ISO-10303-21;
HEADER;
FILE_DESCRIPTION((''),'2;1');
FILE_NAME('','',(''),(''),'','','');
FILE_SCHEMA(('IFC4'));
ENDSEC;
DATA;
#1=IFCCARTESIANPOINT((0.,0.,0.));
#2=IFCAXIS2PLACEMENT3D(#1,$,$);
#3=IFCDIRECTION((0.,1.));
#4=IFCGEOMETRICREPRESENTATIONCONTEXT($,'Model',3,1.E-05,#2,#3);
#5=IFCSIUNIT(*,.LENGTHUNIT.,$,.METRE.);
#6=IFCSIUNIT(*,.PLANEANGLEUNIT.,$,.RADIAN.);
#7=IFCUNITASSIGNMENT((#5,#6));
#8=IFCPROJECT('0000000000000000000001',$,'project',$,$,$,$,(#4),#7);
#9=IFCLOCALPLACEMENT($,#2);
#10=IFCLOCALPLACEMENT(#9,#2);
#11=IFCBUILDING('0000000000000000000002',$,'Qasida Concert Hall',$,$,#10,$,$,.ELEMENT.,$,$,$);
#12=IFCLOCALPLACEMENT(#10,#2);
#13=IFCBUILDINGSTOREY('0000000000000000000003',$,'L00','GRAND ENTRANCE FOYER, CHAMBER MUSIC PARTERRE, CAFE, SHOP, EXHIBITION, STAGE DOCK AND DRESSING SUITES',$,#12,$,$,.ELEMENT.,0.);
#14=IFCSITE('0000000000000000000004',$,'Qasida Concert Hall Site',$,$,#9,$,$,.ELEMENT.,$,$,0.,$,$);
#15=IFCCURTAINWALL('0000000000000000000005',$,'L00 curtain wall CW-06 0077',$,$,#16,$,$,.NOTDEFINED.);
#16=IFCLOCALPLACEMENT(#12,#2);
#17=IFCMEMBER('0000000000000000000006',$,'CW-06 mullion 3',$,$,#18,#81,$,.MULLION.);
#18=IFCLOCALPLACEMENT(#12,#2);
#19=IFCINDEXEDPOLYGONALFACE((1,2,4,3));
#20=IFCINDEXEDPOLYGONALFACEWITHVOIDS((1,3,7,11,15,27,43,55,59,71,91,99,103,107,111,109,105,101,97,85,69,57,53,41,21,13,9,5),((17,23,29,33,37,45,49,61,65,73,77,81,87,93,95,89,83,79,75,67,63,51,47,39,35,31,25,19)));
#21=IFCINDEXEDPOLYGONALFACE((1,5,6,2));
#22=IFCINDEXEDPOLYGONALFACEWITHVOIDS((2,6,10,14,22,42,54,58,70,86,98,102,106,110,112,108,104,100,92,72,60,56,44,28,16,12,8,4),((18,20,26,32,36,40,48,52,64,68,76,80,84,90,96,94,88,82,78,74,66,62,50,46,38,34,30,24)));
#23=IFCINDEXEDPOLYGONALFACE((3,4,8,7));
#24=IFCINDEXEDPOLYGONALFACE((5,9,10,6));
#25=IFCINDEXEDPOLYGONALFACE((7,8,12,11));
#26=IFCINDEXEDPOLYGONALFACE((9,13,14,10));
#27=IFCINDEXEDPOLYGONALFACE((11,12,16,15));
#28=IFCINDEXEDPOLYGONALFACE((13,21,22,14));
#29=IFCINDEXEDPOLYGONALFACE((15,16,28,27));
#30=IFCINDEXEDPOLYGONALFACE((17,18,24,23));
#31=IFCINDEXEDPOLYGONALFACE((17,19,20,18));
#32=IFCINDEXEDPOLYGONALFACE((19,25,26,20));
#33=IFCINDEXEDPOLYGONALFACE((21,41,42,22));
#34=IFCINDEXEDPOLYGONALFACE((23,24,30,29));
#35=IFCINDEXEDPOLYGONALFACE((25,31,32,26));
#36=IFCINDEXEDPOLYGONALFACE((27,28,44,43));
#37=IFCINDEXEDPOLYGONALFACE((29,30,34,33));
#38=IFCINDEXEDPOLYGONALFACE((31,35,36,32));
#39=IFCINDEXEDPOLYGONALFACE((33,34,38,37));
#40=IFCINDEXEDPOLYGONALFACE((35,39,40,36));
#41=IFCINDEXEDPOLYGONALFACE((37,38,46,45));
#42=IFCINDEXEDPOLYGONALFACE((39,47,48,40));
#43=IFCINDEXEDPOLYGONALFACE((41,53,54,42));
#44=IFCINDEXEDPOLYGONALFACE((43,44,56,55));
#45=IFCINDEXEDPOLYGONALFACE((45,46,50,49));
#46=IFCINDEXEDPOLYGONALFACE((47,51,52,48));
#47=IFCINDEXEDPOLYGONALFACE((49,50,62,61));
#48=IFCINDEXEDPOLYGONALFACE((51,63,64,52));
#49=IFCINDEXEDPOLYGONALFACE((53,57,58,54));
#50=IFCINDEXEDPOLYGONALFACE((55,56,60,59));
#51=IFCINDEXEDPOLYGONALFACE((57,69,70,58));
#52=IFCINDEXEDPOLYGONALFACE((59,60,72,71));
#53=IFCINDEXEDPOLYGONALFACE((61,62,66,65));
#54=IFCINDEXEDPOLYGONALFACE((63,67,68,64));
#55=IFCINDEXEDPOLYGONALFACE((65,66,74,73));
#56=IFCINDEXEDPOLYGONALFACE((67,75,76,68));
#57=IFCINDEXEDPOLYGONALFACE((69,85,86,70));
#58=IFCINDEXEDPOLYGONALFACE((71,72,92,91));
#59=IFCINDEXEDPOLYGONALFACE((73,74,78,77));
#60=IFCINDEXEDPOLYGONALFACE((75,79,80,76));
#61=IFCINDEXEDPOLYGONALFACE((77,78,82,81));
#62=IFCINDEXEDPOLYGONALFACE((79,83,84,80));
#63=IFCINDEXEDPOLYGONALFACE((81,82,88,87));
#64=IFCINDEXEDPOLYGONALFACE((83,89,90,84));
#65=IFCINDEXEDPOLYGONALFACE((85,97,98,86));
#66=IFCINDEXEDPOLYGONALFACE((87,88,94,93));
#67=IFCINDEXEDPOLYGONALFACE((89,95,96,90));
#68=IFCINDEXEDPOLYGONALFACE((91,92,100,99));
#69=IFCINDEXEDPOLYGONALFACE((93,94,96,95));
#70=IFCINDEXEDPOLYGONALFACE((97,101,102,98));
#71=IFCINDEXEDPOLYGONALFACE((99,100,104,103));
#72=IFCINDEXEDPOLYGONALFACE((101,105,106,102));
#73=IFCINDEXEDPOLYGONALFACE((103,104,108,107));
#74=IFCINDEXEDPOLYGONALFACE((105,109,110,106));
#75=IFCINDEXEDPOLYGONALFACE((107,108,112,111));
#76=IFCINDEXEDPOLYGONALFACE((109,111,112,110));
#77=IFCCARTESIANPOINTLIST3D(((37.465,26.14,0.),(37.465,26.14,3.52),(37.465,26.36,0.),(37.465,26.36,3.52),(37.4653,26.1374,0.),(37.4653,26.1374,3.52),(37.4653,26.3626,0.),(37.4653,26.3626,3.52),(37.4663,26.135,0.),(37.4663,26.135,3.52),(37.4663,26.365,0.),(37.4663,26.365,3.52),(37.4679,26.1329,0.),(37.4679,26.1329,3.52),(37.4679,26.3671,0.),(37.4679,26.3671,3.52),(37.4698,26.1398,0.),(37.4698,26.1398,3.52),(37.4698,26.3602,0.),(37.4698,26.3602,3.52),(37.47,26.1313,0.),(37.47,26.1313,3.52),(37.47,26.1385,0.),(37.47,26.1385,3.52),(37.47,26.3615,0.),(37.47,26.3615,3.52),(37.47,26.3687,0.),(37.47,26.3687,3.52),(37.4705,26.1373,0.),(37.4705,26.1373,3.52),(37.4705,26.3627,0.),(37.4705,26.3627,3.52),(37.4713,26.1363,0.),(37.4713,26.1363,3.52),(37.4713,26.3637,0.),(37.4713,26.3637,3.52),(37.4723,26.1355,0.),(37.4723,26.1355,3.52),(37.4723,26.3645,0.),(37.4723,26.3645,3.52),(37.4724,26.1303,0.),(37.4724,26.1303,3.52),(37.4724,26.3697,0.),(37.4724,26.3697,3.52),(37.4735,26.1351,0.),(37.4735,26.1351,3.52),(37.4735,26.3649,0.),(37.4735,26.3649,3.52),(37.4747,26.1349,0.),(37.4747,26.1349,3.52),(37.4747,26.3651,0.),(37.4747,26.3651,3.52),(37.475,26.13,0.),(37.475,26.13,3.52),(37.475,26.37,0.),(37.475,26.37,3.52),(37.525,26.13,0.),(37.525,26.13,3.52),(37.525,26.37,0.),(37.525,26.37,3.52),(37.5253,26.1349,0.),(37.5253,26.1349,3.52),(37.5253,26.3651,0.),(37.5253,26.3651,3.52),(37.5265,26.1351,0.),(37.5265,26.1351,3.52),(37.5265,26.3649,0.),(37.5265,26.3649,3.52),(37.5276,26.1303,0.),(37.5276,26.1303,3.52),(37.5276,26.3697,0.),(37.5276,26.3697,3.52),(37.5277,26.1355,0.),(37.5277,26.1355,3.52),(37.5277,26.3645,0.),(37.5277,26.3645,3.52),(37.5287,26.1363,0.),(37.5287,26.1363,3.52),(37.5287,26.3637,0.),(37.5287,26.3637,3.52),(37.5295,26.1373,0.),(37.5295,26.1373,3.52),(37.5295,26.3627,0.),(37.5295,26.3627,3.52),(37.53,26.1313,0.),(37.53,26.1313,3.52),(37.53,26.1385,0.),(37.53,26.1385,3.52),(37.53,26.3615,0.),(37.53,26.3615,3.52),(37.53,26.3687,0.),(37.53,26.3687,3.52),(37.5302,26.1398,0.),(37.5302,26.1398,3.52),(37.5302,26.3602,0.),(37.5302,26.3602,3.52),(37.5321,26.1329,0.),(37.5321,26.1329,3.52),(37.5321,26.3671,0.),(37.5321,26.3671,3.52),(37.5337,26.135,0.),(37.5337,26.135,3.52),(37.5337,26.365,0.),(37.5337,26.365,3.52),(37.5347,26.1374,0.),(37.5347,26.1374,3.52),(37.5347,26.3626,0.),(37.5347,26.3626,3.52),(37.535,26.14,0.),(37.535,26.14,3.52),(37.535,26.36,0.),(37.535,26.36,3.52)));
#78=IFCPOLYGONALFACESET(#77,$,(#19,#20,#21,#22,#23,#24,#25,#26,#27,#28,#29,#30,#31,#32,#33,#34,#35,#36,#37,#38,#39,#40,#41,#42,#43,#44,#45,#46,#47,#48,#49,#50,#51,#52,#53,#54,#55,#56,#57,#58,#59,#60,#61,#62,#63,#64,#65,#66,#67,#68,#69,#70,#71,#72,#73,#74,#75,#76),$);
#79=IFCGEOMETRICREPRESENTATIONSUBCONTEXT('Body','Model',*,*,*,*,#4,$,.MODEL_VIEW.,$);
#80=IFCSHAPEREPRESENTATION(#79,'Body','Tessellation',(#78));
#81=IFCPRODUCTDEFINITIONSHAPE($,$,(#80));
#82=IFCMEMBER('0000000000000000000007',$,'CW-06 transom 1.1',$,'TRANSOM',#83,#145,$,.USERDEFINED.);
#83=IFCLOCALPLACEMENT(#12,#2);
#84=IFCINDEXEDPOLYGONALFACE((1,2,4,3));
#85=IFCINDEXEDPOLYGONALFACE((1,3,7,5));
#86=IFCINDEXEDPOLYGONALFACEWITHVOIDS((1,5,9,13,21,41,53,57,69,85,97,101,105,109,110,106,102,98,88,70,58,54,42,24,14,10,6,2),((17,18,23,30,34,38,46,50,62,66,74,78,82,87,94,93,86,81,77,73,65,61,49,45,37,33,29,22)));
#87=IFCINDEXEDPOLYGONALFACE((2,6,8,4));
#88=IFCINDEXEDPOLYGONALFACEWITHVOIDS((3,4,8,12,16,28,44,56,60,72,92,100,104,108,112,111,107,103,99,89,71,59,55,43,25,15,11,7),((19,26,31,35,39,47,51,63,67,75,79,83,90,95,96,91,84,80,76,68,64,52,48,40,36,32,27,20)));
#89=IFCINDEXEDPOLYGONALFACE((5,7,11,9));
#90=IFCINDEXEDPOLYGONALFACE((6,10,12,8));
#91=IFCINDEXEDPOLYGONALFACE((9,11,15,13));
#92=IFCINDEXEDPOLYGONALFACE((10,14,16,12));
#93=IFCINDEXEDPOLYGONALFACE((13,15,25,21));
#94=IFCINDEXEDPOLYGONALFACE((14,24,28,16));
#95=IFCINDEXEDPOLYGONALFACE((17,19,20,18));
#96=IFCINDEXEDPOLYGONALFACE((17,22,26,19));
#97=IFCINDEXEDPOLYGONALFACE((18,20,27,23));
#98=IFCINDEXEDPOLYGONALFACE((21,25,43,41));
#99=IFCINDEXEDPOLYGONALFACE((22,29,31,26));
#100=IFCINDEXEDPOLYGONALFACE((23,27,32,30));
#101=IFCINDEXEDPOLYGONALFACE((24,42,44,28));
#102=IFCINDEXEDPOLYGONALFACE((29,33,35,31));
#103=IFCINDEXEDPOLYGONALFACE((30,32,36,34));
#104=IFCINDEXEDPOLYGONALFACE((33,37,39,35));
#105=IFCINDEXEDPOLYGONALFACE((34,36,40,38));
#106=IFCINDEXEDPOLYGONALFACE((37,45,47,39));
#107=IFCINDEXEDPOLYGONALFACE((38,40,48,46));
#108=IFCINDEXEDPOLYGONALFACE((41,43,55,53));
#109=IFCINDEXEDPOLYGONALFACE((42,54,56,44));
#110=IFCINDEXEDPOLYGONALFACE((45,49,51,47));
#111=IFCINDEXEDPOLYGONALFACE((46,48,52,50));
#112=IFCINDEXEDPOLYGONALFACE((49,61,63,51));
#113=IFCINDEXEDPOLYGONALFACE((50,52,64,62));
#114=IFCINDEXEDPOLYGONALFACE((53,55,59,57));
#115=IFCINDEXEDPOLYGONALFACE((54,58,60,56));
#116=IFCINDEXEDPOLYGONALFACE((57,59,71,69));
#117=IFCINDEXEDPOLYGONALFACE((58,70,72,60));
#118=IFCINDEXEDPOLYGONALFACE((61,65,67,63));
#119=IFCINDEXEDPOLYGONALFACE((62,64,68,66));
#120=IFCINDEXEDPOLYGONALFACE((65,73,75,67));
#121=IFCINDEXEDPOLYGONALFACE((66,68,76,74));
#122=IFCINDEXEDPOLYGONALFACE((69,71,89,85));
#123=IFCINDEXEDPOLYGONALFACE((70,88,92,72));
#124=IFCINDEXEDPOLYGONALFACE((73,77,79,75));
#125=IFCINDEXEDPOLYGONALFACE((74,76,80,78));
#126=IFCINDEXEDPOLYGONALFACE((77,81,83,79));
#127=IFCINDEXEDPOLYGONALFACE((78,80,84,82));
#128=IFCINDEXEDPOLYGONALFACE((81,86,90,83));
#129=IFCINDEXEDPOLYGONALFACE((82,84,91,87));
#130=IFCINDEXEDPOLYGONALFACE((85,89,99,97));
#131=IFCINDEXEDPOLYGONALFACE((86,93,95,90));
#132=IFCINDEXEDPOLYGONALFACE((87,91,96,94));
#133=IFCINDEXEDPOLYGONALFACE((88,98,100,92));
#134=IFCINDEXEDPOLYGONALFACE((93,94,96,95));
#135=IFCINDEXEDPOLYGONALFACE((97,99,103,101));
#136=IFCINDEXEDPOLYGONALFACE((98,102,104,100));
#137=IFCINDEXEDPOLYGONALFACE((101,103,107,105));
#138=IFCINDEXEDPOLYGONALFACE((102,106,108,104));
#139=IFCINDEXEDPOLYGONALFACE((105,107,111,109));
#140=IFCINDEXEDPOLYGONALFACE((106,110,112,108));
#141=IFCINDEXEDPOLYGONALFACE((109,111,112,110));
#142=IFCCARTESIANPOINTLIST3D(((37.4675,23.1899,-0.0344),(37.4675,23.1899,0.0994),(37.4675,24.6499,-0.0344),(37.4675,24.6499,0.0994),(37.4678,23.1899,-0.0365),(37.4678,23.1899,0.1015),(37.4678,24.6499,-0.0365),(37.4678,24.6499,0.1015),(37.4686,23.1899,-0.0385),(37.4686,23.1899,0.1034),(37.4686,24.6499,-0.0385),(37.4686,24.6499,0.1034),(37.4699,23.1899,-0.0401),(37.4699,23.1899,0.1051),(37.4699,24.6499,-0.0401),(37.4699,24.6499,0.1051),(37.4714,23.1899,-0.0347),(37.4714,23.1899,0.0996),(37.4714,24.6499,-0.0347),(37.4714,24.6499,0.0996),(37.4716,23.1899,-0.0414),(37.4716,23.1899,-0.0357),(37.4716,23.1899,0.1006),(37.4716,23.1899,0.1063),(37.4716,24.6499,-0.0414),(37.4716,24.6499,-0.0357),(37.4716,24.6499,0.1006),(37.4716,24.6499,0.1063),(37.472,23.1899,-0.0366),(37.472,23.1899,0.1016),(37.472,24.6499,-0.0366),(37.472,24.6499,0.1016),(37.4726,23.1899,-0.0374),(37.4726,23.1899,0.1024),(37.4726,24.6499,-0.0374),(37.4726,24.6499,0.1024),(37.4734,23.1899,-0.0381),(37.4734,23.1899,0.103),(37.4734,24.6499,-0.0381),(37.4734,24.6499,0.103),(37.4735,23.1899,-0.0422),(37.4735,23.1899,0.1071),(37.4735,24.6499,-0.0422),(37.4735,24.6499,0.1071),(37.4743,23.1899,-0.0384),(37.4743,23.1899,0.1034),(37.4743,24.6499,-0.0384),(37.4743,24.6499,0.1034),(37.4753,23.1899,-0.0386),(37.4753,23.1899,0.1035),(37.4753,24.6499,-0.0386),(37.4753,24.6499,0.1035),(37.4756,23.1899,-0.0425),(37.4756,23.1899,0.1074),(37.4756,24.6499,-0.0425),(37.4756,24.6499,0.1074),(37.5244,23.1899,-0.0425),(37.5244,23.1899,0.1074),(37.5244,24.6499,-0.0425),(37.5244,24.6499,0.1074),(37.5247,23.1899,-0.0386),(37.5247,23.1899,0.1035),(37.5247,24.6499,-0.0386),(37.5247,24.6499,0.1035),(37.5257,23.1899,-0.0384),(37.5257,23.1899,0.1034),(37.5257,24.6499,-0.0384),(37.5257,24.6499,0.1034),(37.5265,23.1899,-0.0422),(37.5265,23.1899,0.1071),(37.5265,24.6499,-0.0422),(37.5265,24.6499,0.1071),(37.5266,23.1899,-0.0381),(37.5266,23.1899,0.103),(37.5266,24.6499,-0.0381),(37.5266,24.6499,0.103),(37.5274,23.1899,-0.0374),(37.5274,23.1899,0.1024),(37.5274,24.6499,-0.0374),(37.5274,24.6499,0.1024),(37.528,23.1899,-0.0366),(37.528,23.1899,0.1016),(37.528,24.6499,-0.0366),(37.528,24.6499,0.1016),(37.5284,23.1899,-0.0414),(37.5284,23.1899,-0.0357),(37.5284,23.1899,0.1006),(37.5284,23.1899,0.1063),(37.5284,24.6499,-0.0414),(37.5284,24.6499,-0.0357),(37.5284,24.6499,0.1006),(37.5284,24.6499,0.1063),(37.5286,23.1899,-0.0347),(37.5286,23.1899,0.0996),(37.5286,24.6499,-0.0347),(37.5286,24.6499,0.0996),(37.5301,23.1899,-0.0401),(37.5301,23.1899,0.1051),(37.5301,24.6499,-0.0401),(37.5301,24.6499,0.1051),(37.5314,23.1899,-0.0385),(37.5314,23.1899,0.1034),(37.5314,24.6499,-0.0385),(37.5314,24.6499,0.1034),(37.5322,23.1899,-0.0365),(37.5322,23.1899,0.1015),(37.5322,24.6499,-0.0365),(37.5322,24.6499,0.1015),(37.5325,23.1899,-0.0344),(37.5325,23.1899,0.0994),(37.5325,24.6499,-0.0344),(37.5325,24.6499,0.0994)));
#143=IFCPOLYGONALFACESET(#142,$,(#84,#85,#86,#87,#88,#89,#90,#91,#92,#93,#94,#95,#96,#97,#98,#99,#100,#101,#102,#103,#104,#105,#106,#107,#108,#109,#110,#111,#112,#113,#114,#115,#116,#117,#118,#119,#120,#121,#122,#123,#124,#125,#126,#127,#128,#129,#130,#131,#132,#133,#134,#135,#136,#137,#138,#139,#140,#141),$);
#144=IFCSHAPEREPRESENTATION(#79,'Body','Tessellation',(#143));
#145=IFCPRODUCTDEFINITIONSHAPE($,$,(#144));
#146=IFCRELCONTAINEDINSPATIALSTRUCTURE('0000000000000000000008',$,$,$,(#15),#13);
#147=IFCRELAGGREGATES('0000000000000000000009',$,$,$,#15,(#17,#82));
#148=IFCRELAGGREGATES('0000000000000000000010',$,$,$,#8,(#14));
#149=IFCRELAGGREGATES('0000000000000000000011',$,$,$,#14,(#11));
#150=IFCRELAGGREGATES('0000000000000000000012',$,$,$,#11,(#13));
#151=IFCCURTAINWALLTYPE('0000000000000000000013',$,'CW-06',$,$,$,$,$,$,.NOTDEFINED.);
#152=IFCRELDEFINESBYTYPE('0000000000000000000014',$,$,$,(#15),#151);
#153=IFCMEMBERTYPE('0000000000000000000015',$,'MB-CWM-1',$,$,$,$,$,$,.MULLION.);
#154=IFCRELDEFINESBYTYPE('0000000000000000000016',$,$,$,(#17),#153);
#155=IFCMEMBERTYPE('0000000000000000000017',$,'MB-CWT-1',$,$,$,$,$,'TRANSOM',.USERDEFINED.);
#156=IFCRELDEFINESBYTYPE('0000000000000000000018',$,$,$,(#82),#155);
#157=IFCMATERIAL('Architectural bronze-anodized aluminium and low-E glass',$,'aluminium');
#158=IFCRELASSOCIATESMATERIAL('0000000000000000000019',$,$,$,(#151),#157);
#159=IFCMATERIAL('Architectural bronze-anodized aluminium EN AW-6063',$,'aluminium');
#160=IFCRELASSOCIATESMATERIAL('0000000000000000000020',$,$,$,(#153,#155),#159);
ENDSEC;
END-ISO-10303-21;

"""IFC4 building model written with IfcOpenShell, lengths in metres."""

from ifc_helpers import new_model, si_unit, direction, frame, origin, origin_2d, place, context, subcontext, project, spatial, hollow_rectangle, extrude, material, material_profile, profile_set, type_object, element, aggregate, save


model = new_model("IFC4")

# Units and contexts
model_context = context("Model", 3, precision=1e-05, world=origin(), true_north=direction((0.0, 1.0)))
body_context = subcontext(model_context, "Body", "Model", "MODEL_VIEW")
ifc_project = project(units=[si_unit("LENGTHUNIT", "METRE"), si_unit("PLANEANGLEUNIT", "RADIAN")], contexts=[model_context])

# Site, building, storey
site_placement = place(None, origin())
site = spatial("IfcSite", under=ifc_project, at=site_placement, Name="Qasida Concert Hall Site", CompositionType="ELEMENT", RefElevation=0.0)
building_placement = place(site_placement, origin())
building = spatial("IfcBuilding", under=site, at=building_placement, Name="Qasida Concert Hall", CompositionType="ELEMENT")
storey_placement = place(building_placement, origin())
storey = spatial("IfcBuildingStorey", under=building, at=storey_placement, Name="L00", Description="GRAND ENTRANCE FOYER, CHAMBER MUSIC PARTERRE, CAFE, SHOP, EXHIBITION, STAGE DOCK AND DRESSING SUITES", CompositionType="ELEMENT", Elevation=0.0)

# Curtain wall, members
ifc_material_1 = material(Name="Architectural bronze-anodized aluminium and low-E glass", Category="aluminium")
curtain_wall_type = type_object("IfcCurtainWallType", Name="CW-06", PredefinedType="NOTDEFINED", material=ifc_material_1)
curtain_wall_placement = place(storey_placement, origin())
curtain_wall = element("IfcCurtainWall", 1, at=curtain_wall_placement, inside=storey, type_object=curtain_wall_type, Name="L00 curtain wall CW-06 0077", PredefinedType="NOTDEFINED")
ifc_material_2 = material(Name="Architectural bronze-anodized aluminium EN AW-6063", Category="aluminium")
ifc_material_profile_1 = material_profile(ifc_material_2, hollow_rectangle(XDim=0.0701, YDim=0.24, WallThickness=0.0049, InnerFilletRadius=0.0049, OuterFilletRadius=0.01, at=origin_2d()), Name="CWM 240x70x5")
ifc_profile_set_1 = profile_set([ifc_material_profile_1], Name="Architectural bronze-anodized aluminium EN AW-6063")
member_type_1 = type_object("IfcMemberType", Name="MB-CWM-1", PredefinedType="MULLION", material=ifc_profile_set_1)
member_1_placement = place(storey_placement, frame((37.5, 26.25, 0.0), z_axis=(0.0, 0.0, 1.0), x_axis=(-1.0, 0.0, 0.0)))
member_1 = element("IfcMember", 2, at=member_1_placement, type_object=member_type_1, Name="CW-06 mullion 3", PredefinedType="MULLION", context=body_context, shape_type="SweptSolid", body=[
    extrude(hollow_rectangle(XDim=0.0701, YDim=0.24, WallThickness=0.0049, InnerFilletRadius=0.0049, OuterFilletRadius=0.01, at=origin_2d()), origin(), (0.0, 0.0, 1.0), 3.52),
])
ifc_material_profile_2 = material_profile(ifc_material_2, hollow_rectangle(XDim=0.0649, YDim=0.1499, WallThickness=0.0039, InnerFilletRadius=0.0039, OuterFilletRadius=0.0081, at=origin_2d()), Name="CWT 150x65x4")
ifc_profile_set_2 = profile_set([ifc_material_profile_2], Name="Architectural bronze-anodized aluminium EN AW-6063")
member_type_2 = type_object("IfcMemberType", Name="MB-CWT-1", ElementType="TRANSOM", PredefinedType="USERDEFINED", material=ifc_profile_set_2)
member_2_placement = place(storey_placement, frame((37.5, 23.1899, 0.0325), z_axis=(0.0, 1.0, 0.0), x_axis=(-1.0, 0.0, 0.0)))
member_2 = element("IfcMember", 3, at=member_2_placement, type_object=member_type_2, Name="CW-06 transom 1.1", ObjectType="TRANSOM", PredefinedType="USERDEFINED", context=body_context, shape_type="SweptSolid", body=[
    extrude(hollow_rectangle(XDim=0.0649, YDim=0.1499, WallThickness=0.0039, InnerFilletRadius=0.0039, OuterFilletRadius=0.0081, at=origin_2d()), origin(), (0.0, 0.0, 1.0), 1.46),
])
aggregate(curtain_wall, [member_1, member_2])

save(model, "model.ifc")
